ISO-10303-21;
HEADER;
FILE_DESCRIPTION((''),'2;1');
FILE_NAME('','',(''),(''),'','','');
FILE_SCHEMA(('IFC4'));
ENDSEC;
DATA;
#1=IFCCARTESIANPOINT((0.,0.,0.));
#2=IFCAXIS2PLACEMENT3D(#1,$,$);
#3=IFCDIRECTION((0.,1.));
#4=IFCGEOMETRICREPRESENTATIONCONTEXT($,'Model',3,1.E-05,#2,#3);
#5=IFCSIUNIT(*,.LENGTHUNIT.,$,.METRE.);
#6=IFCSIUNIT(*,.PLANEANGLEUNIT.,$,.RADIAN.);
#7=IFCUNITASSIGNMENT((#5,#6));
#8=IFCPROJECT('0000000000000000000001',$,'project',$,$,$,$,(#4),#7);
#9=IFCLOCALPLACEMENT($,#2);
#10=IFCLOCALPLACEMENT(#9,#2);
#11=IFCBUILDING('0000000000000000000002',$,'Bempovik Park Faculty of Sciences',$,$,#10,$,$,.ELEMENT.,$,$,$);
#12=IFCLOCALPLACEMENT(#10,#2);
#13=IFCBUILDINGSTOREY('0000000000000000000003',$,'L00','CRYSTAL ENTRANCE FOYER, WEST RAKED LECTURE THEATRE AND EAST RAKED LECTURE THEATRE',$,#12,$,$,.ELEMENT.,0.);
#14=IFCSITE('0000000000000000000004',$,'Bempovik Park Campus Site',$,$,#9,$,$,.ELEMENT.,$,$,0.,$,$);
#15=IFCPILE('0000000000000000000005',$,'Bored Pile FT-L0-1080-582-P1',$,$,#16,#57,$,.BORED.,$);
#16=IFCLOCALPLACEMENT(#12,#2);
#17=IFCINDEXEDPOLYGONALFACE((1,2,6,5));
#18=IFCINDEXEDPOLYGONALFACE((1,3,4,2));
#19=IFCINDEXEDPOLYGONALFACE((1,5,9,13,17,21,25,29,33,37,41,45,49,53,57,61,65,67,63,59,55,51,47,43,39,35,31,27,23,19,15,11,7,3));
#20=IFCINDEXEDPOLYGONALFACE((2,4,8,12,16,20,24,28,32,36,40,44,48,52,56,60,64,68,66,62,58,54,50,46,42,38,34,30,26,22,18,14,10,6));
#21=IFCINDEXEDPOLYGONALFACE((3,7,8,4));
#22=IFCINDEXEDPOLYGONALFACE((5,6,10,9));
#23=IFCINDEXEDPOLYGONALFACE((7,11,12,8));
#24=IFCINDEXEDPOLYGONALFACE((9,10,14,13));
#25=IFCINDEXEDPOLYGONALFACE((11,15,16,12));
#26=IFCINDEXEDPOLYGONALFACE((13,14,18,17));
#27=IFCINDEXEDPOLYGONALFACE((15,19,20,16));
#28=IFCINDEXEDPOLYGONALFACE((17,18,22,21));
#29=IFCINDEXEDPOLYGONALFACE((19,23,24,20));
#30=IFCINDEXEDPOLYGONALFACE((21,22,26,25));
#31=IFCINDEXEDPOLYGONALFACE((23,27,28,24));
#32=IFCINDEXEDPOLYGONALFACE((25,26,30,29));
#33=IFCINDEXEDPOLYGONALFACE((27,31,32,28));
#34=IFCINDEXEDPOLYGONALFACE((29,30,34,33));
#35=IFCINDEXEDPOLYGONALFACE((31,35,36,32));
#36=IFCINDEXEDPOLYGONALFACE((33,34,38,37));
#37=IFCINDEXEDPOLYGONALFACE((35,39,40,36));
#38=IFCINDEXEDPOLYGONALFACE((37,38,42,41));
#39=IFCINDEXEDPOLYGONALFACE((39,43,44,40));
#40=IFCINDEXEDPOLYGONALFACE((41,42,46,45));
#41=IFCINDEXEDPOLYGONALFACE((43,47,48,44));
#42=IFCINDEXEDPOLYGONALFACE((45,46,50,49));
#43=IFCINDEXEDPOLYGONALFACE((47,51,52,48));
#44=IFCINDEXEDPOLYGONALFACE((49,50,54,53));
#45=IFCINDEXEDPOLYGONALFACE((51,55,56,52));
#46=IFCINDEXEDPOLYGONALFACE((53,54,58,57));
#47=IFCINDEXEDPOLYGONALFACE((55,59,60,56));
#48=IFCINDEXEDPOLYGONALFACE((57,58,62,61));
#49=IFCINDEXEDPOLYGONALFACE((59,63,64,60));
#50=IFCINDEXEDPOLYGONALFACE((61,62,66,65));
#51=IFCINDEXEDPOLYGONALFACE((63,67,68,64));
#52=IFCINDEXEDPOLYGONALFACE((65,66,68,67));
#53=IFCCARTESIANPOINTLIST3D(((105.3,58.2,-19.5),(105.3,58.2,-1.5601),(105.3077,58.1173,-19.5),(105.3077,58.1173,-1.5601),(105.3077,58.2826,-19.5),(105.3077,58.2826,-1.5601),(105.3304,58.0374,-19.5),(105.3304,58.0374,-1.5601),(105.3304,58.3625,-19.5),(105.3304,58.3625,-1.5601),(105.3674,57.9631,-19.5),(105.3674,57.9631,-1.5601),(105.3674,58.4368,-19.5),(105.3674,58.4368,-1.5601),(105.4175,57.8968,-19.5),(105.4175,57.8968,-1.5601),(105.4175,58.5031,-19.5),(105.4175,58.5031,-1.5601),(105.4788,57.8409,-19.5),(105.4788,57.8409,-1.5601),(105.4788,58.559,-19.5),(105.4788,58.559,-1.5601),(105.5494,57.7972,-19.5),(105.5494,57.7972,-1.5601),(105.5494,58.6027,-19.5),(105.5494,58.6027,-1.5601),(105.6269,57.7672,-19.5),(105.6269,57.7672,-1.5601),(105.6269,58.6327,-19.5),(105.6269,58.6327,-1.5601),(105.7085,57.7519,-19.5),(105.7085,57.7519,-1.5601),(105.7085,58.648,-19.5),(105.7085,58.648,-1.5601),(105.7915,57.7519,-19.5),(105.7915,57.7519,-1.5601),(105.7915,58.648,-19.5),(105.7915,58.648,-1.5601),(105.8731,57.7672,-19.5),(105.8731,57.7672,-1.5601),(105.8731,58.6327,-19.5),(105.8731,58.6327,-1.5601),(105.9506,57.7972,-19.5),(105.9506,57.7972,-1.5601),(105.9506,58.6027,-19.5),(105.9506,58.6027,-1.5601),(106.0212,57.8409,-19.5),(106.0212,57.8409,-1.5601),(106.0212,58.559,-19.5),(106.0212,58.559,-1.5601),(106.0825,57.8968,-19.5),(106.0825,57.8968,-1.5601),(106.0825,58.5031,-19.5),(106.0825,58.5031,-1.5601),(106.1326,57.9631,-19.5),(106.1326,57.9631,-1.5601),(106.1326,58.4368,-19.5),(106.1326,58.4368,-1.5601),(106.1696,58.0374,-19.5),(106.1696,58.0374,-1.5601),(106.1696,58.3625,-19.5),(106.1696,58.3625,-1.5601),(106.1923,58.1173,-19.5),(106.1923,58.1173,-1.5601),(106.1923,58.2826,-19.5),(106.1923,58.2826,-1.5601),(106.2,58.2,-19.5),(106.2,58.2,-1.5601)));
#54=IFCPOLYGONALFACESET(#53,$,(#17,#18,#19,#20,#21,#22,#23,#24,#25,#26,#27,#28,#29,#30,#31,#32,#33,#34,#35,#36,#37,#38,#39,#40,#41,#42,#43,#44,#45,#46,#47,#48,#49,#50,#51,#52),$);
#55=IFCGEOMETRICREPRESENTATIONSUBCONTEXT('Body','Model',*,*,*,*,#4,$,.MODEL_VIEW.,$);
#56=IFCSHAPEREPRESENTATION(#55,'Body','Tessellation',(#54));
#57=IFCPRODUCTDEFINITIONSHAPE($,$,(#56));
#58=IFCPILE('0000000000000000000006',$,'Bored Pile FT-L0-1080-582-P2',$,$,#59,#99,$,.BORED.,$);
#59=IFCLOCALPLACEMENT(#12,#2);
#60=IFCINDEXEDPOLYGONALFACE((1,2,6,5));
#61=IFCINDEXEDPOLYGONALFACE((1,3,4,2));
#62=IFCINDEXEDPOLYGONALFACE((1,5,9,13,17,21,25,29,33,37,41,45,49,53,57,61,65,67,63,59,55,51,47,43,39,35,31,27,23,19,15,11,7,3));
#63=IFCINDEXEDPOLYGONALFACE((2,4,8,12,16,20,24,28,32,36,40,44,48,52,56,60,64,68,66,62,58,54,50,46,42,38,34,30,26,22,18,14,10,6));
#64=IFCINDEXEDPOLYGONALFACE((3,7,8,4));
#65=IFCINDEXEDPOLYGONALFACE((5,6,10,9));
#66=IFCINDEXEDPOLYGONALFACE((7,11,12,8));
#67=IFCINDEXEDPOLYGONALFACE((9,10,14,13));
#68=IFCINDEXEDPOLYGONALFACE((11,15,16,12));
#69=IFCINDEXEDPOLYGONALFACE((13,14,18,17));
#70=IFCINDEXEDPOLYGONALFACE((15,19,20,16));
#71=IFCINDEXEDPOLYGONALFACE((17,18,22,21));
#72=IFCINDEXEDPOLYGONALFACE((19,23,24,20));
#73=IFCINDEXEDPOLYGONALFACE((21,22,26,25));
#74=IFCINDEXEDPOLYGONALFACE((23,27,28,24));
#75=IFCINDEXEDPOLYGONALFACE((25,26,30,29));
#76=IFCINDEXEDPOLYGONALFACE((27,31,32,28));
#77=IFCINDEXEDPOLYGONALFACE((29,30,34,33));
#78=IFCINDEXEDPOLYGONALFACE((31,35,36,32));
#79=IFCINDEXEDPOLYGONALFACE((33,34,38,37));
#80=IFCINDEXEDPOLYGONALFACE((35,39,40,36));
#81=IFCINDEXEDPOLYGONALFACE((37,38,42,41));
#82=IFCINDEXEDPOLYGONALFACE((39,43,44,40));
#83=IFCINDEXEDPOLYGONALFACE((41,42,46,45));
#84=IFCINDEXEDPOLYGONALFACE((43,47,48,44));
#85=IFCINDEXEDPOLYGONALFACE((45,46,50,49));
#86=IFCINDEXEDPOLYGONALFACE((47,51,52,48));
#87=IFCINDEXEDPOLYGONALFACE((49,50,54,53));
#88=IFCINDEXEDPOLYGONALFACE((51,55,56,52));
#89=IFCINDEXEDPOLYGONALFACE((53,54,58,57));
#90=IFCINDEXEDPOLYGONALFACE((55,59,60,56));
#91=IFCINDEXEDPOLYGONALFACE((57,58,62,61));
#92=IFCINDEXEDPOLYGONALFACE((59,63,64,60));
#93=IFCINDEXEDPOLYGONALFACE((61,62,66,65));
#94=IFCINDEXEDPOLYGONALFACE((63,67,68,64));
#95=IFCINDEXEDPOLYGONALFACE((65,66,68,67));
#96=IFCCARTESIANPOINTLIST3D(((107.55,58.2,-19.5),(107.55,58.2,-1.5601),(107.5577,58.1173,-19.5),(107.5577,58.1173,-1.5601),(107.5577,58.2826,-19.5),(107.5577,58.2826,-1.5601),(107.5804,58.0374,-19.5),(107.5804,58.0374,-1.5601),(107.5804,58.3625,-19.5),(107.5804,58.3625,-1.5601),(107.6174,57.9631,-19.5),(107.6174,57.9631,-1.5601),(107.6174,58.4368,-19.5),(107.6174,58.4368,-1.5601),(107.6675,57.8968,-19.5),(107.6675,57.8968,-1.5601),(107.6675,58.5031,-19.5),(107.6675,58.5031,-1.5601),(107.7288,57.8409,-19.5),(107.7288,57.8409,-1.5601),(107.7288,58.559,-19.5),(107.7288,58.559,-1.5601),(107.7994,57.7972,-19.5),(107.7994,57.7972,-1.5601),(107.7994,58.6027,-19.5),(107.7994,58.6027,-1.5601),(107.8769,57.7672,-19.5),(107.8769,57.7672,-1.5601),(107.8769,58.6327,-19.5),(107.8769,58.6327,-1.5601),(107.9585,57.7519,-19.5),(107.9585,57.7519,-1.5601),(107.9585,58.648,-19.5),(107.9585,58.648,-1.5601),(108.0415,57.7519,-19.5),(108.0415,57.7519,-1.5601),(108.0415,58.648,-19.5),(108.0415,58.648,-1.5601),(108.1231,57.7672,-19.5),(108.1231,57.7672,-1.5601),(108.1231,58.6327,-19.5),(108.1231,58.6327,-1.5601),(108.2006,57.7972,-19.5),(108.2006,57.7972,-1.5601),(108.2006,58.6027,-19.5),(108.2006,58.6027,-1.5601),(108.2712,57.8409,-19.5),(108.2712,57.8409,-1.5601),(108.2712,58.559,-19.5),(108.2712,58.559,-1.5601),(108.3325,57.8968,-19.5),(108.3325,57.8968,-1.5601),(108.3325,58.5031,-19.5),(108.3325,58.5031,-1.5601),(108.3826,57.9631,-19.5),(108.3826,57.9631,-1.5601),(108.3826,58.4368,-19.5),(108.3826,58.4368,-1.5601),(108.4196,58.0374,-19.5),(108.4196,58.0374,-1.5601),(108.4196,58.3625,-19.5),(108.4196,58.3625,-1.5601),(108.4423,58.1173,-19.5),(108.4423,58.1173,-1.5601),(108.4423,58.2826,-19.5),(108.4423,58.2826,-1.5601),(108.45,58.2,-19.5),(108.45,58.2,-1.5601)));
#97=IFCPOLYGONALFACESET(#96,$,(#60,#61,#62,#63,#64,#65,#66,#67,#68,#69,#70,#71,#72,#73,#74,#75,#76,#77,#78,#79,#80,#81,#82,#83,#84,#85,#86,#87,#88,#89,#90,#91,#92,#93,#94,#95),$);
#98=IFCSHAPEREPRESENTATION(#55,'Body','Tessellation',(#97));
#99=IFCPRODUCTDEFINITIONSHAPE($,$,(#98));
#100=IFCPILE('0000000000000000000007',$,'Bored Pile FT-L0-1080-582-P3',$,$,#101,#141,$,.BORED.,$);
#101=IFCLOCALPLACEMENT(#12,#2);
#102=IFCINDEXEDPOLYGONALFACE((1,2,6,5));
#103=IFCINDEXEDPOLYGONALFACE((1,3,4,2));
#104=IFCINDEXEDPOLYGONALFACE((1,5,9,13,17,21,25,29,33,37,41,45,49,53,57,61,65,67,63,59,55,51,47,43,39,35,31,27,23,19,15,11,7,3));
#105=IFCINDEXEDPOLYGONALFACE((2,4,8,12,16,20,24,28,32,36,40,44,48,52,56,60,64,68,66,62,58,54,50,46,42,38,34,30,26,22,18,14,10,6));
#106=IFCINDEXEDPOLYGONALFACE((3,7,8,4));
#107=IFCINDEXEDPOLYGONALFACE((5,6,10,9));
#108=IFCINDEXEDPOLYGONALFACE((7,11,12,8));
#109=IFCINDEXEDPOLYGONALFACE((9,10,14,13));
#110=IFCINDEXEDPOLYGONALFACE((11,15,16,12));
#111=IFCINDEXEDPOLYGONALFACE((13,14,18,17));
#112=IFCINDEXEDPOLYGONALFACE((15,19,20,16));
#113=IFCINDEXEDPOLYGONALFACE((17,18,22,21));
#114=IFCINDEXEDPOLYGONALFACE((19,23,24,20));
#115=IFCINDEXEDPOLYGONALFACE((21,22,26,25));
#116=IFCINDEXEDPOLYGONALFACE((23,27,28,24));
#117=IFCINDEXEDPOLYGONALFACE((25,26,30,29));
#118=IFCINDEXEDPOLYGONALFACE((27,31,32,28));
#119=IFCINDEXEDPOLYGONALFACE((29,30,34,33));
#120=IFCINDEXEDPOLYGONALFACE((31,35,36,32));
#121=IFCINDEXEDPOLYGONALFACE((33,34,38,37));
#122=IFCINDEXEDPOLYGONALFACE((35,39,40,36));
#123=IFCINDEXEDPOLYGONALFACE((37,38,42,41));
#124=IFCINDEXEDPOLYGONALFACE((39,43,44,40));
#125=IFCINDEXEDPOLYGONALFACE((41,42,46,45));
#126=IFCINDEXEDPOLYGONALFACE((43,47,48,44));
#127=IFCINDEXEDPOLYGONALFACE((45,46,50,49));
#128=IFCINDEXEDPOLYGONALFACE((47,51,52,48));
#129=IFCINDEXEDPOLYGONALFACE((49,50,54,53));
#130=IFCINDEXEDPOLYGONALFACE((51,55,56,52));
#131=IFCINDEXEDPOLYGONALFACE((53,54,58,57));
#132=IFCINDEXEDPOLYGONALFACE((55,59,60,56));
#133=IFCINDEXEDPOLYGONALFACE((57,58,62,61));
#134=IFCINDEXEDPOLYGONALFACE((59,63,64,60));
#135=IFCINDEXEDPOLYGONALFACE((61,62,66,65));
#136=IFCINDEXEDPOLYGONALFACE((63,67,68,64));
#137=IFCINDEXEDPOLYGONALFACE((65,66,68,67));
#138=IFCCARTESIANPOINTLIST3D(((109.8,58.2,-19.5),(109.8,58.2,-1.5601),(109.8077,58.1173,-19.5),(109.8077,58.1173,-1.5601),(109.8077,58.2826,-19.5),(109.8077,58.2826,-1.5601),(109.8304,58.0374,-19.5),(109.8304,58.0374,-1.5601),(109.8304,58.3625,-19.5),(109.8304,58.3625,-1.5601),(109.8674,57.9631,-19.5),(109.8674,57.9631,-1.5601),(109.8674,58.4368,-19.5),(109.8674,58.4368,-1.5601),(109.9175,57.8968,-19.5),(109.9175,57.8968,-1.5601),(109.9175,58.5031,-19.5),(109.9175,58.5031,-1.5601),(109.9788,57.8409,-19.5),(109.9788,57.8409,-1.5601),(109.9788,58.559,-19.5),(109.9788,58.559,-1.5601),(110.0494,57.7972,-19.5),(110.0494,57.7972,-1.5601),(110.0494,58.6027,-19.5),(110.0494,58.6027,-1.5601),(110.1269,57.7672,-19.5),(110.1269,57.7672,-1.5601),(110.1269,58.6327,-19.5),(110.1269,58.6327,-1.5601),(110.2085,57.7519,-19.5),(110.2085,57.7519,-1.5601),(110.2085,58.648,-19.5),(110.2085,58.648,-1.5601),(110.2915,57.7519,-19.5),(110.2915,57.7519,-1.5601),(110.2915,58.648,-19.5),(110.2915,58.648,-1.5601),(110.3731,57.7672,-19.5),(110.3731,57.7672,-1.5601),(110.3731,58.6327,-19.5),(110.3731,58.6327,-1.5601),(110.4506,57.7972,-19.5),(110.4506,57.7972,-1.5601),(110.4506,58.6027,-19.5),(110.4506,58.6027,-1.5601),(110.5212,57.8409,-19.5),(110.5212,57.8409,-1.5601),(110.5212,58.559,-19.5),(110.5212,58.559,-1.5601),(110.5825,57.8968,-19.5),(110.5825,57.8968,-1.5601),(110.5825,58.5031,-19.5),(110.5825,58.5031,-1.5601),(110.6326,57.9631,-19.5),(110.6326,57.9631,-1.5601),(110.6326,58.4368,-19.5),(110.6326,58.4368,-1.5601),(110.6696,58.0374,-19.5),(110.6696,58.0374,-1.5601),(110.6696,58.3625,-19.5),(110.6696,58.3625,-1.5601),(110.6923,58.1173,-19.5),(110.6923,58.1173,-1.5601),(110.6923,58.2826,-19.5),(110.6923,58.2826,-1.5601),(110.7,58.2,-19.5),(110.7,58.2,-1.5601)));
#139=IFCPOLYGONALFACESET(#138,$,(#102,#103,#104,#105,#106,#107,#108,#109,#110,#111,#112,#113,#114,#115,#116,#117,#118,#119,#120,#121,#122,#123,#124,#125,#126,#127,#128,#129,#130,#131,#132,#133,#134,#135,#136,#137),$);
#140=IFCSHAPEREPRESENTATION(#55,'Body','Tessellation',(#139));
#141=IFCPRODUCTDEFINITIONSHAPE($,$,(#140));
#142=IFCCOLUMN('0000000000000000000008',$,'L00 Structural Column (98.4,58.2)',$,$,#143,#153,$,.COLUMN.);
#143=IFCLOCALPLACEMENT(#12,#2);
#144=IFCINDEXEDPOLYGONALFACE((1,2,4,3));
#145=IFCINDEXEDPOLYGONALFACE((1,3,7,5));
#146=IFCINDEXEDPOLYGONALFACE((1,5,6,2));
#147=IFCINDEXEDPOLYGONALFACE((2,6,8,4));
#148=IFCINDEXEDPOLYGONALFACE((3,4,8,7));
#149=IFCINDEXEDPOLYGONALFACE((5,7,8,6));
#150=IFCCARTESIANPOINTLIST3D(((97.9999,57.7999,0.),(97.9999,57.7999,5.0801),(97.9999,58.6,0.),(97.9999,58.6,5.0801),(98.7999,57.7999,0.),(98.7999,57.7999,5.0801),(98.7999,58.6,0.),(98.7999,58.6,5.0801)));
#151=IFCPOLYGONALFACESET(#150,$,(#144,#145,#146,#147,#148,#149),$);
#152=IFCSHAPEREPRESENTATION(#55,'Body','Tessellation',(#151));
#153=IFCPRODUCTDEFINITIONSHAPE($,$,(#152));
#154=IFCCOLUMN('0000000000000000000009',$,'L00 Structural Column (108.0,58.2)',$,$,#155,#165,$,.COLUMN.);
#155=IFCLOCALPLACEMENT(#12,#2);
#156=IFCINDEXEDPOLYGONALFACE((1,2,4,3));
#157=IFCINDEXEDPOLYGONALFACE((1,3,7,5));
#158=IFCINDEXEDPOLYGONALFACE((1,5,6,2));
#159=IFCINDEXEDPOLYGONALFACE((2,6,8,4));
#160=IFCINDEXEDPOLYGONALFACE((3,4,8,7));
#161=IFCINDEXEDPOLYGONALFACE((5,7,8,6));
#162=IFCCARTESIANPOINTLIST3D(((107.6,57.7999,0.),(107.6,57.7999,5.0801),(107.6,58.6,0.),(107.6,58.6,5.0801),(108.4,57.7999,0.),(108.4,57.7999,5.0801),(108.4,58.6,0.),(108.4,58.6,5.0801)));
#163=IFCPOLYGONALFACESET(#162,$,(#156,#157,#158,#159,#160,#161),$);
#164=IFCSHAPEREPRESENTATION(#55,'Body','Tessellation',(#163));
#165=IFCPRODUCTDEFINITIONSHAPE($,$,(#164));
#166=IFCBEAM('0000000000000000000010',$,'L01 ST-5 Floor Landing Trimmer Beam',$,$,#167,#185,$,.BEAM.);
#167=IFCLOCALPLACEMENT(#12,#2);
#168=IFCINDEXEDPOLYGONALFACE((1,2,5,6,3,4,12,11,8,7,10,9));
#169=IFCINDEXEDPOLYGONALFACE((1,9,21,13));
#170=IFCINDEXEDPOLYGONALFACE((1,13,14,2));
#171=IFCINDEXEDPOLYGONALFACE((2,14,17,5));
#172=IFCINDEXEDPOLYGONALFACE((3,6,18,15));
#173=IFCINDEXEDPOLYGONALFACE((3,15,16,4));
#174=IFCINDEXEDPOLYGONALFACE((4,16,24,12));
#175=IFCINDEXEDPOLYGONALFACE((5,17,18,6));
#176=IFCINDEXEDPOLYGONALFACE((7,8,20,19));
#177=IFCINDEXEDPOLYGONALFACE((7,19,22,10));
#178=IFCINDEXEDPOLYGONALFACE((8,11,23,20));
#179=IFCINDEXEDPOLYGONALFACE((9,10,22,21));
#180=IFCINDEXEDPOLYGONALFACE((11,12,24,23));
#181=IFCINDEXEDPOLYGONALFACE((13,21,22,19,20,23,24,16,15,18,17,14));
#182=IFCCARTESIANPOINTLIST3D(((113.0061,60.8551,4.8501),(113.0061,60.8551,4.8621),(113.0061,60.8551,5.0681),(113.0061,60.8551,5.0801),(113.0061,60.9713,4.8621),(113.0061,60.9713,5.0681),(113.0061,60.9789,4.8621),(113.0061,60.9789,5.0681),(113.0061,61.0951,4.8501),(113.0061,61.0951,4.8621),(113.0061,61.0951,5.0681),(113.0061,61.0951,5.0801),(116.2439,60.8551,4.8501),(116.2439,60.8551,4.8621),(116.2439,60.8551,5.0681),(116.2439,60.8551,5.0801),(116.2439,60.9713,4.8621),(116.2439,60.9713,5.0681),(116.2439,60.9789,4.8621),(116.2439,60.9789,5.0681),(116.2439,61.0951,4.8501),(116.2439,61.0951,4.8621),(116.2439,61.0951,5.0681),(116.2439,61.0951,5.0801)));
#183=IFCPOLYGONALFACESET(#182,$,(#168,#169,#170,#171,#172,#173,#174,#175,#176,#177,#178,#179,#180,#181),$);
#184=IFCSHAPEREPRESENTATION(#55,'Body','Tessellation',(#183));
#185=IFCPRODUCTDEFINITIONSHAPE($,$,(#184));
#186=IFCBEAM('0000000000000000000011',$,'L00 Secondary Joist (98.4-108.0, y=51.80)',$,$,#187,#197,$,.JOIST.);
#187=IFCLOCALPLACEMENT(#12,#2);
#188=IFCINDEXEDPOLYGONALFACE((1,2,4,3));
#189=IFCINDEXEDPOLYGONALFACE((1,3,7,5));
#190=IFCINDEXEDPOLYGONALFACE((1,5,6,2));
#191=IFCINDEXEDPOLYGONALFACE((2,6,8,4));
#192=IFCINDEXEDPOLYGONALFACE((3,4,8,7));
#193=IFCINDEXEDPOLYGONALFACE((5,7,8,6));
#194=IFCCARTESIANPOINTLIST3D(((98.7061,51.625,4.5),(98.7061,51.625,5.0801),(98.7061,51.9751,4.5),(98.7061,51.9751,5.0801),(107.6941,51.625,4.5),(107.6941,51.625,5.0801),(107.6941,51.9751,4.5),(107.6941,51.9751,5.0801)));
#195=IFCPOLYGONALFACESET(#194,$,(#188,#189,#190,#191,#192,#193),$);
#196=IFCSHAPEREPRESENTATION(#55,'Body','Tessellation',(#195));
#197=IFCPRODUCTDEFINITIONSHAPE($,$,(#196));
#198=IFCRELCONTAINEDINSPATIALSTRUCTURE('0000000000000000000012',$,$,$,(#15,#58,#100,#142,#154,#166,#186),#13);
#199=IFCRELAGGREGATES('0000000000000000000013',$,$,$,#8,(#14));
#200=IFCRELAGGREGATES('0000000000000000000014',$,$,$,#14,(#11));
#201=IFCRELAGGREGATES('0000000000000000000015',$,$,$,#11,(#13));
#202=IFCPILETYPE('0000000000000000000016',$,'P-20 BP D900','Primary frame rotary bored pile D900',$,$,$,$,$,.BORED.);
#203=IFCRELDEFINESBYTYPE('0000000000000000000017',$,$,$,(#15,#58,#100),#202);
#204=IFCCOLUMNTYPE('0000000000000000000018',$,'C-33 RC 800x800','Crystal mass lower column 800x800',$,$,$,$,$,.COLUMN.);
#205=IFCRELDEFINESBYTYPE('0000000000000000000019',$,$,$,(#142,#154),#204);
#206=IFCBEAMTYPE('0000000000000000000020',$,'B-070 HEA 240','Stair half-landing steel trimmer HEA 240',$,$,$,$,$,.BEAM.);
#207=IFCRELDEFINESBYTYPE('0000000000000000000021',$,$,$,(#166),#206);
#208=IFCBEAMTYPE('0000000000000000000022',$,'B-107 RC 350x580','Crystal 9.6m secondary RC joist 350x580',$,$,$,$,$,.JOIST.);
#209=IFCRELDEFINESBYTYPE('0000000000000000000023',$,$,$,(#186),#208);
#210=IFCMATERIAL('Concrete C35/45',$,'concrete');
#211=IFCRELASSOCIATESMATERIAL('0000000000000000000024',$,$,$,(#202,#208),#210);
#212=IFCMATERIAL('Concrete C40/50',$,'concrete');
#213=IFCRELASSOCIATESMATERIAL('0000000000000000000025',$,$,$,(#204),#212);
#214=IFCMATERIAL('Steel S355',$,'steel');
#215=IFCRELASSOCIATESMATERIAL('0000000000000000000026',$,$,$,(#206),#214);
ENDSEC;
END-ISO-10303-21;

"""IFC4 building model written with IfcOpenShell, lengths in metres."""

from ifc_helpers import new_model, si_unit, direction, frame, origin, origin_2d, place, context, subcontext, project, spatial, rectangle, circle, i_section, extrude, material, material_profile, profile_set, type_object, element, save


model = new_model("IFC4")

# Units and contexts
model_context = context("Model", 3, precision=1e-05, world=origin(), true_north=direction((0.0, 1.0)))
body_context = subcontext(model_context, "Body", "Model", "MODEL_VIEW")
ifc_project = project(units=[si_unit("LENGTHUNIT", "METRE"), si_unit("PLANEANGLEUNIT", "RADIAN")], contexts=[model_context])

# Site, building, storey
site_placement = place(None, origin())
site = spatial("IfcSite", under=ifc_project, at=site_placement, Name="Bempovik Park Campus Site", CompositionType="ELEMENT", RefElevation=0.0)
building_placement = place(site_placement, origin())
building = spatial("IfcBuilding", under=site, at=building_placement, Name="Bempovik Park Faculty of Sciences", CompositionType="ELEMENT")
storey_placement = place(building_placement, origin())
storey = spatial("IfcBuildingStorey", under=building, at=storey_placement, Name="L00", Description="CRYSTAL ENTRANCE FOYER, WEST RAKED LECTURE THEATRE AND EAST RAKED LECTURE THEATRE", CompositionType="ELEMENT", Elevation=0.0)

# Shared definitions
ifc_material_1 = material(Name="Concrete C35/45", Category="concrete")

# Piles
ifc_material_profile_1 = material_profile(ifc_material_1, circle(Radius=0.45, at=origin_2d()), Name="BP D900")
ifc_profile_set_1 = profile_set([ifc_material_profile_1], Name="Concrete C35/45")
pile_type_1 = type_object("IfcPileType", Name="P-20 BP D900", Description="Primary frame rotary bored pile D900", PredefinedType="BORED", material=ifc_profile_set_1)
for number, where, z_axis, x_axis, name in (
    (1, (105.75, 58.2, -1.5601), (0.0, 0.0, -1.0), (1.0, 0.0, 0.0), "Bored Pile FT-L0-1080-582-P1"),
    (2, (108.0, 58.2, -1.5601), (0.0, 0.0, -1.0), (1.0, 0.0, 0.0), "Bored Pile FT-L0-1080-582-P2"),
    (3, (110.25, 58.2, -1.5601), (0.0, 0.0, -1.0), (1.0, 0.0, 0.0), "Bored Pile FT-L0-1080-582-P3"),
):
    element("IfcPile", number, at=place(storey_placement, frame(where, z_axis=z_axis, x_axis=x_axis)), inside=storey, type_object=pile_type_1, Name=name, PredefinedType="BORED", context=body_context, shape_type="SweptSolid", body=[
        extrude(circle(Radius=0.45, at=origin_2d()), origin(), (0.0, 0.0, 1.0), 17.9399),
    ])

# Columns
ifc_material_2 = material(Name="Concrete C40/50", Category="concrete")
ifc_material_profile_2 = material_profile(ifc_material_2, rectangle(XDim=0.8, YDim=0.8, at=origin_2d()), Name="RC 800x800")
ifc_profile_set_2 = profile_set([ifc_material_profile_2], Name="Concrete C40/50")
column_type = type_object("IfcColumnType", Name="C-33 RC 800x800", Description="Crystal mass lower column 800x800", PredefinedType="COLUMN", material=ifc_profile_set_2)
for number, where, z_axis, x_axis, name in (
    (4, (98.3999, 58.2, 0.0), (0.0, 0.0, 1.0), (1.0, 0.0, 0.0), "L00 Structural Column (98.4,58.2)"),
    (5, (108.0, 58.2, 0.0), (0.0, 0.0, 1.0), (1.0, 0.0, 0.0), "L00 Structural Column (108.0,58.2)"),
):
    element("IfcColumn", number, at=place(storey_placement, frame(where, z_axis=z_axis, x_axis=x_axis)), inside=storey, type_object=column_type, Name=name, PredefinedType="COLUMN", context=body_context, shape_type="SweptSolid", body=[
        extrude(rectangle(XDim=0.8, YDim=0.8, at=origin_2d()), origin(), (0.0, 0.0, 1.0), 5.0801),
    ])

# Beams
ifc_material_3 = material(Name="Steel S355", Category="steel")
ifc_material_profile_3 = material_profile(ifc_material_3, i_section(OverallWidth=0.24, OverallDepth=0.23, WebThickness=0.0076, FlangeThickness=0.012, at=origin_2d()), Name="HEA 240")
ifc_profile_set_3 = profile_set([ifc_material_profile_3], Name="Steel S355")
beam_type_1 = type_object("IfcBeamType", Name="B-070 HEA 240", Description="Stair half-landing steel trimmer HEA 240", PredefinedType="BEAM", material=ifc_profile_set_3)
beam_1_placement = place(storey_placement, frame((113.0061, 60.9751, 4.9651), z_axis=(1.0, 0.0, 0.0), x_axis=(0.0, 1.0, 0.0)))
element("IfcBeam", 6, at=beam_1_placement, inside=storey, type_object=beam_type_1, Name="L01 ST-5 Floor Landing Trimmer Beam", PredefinedType="BEAM", context=body_context, shape_type="SweptSolid", body=[
    extrude(i_section(OverallWidth=0.24, OverallDepth=0.23, WebThickness=0.0076, FlangeThickness=0.012, at=origin_2d()), origin(), (0.0, 0.0, 1.0), 3.2378),
])
ifc_material_profile_4 = material_profile(ifc_material_1, rectangle(XDim=0.3501, YDim=0.5801, at=origin_2d()), Name="RC 350x580")
ifc_profile_set_4 = profile_set([ifc_material_profile_4], Name="Concrete C35/45")
beam_type_2 = type_object("IfcBeamType", Name="B-107 RC 350x580", Description="Crystal 9.6m secondary RC joist 350x580", PredefinedType="JOIST", material=ifc_profile_set_4)
for number, where, z_axis, x_axis, name in (
    (7, (98.7061, 51.8, 4.79), (1.0, 0.0, 0.0), (0.0, 1.0, 0.0), "L00 Secondary Joist (98.4-108.0, y=51.80)"),
):
    element("IfcBeam", number, at=place(storey_placement, frame(where, z_axis=z_axis, x_axis=x_axis)), inside=storey, type_object=beam_type_2, Name=name, PredefinedType="JOIST", context=body_context, shape_type="SweptSolid", body=[
        extrude(rectangle(XDim=0.3501, YDim=0.5801, at=origin_2d()), origin(), (0.0, 0.0, 1.0), 8.988),
    ])

save(model, "model.ifc")
